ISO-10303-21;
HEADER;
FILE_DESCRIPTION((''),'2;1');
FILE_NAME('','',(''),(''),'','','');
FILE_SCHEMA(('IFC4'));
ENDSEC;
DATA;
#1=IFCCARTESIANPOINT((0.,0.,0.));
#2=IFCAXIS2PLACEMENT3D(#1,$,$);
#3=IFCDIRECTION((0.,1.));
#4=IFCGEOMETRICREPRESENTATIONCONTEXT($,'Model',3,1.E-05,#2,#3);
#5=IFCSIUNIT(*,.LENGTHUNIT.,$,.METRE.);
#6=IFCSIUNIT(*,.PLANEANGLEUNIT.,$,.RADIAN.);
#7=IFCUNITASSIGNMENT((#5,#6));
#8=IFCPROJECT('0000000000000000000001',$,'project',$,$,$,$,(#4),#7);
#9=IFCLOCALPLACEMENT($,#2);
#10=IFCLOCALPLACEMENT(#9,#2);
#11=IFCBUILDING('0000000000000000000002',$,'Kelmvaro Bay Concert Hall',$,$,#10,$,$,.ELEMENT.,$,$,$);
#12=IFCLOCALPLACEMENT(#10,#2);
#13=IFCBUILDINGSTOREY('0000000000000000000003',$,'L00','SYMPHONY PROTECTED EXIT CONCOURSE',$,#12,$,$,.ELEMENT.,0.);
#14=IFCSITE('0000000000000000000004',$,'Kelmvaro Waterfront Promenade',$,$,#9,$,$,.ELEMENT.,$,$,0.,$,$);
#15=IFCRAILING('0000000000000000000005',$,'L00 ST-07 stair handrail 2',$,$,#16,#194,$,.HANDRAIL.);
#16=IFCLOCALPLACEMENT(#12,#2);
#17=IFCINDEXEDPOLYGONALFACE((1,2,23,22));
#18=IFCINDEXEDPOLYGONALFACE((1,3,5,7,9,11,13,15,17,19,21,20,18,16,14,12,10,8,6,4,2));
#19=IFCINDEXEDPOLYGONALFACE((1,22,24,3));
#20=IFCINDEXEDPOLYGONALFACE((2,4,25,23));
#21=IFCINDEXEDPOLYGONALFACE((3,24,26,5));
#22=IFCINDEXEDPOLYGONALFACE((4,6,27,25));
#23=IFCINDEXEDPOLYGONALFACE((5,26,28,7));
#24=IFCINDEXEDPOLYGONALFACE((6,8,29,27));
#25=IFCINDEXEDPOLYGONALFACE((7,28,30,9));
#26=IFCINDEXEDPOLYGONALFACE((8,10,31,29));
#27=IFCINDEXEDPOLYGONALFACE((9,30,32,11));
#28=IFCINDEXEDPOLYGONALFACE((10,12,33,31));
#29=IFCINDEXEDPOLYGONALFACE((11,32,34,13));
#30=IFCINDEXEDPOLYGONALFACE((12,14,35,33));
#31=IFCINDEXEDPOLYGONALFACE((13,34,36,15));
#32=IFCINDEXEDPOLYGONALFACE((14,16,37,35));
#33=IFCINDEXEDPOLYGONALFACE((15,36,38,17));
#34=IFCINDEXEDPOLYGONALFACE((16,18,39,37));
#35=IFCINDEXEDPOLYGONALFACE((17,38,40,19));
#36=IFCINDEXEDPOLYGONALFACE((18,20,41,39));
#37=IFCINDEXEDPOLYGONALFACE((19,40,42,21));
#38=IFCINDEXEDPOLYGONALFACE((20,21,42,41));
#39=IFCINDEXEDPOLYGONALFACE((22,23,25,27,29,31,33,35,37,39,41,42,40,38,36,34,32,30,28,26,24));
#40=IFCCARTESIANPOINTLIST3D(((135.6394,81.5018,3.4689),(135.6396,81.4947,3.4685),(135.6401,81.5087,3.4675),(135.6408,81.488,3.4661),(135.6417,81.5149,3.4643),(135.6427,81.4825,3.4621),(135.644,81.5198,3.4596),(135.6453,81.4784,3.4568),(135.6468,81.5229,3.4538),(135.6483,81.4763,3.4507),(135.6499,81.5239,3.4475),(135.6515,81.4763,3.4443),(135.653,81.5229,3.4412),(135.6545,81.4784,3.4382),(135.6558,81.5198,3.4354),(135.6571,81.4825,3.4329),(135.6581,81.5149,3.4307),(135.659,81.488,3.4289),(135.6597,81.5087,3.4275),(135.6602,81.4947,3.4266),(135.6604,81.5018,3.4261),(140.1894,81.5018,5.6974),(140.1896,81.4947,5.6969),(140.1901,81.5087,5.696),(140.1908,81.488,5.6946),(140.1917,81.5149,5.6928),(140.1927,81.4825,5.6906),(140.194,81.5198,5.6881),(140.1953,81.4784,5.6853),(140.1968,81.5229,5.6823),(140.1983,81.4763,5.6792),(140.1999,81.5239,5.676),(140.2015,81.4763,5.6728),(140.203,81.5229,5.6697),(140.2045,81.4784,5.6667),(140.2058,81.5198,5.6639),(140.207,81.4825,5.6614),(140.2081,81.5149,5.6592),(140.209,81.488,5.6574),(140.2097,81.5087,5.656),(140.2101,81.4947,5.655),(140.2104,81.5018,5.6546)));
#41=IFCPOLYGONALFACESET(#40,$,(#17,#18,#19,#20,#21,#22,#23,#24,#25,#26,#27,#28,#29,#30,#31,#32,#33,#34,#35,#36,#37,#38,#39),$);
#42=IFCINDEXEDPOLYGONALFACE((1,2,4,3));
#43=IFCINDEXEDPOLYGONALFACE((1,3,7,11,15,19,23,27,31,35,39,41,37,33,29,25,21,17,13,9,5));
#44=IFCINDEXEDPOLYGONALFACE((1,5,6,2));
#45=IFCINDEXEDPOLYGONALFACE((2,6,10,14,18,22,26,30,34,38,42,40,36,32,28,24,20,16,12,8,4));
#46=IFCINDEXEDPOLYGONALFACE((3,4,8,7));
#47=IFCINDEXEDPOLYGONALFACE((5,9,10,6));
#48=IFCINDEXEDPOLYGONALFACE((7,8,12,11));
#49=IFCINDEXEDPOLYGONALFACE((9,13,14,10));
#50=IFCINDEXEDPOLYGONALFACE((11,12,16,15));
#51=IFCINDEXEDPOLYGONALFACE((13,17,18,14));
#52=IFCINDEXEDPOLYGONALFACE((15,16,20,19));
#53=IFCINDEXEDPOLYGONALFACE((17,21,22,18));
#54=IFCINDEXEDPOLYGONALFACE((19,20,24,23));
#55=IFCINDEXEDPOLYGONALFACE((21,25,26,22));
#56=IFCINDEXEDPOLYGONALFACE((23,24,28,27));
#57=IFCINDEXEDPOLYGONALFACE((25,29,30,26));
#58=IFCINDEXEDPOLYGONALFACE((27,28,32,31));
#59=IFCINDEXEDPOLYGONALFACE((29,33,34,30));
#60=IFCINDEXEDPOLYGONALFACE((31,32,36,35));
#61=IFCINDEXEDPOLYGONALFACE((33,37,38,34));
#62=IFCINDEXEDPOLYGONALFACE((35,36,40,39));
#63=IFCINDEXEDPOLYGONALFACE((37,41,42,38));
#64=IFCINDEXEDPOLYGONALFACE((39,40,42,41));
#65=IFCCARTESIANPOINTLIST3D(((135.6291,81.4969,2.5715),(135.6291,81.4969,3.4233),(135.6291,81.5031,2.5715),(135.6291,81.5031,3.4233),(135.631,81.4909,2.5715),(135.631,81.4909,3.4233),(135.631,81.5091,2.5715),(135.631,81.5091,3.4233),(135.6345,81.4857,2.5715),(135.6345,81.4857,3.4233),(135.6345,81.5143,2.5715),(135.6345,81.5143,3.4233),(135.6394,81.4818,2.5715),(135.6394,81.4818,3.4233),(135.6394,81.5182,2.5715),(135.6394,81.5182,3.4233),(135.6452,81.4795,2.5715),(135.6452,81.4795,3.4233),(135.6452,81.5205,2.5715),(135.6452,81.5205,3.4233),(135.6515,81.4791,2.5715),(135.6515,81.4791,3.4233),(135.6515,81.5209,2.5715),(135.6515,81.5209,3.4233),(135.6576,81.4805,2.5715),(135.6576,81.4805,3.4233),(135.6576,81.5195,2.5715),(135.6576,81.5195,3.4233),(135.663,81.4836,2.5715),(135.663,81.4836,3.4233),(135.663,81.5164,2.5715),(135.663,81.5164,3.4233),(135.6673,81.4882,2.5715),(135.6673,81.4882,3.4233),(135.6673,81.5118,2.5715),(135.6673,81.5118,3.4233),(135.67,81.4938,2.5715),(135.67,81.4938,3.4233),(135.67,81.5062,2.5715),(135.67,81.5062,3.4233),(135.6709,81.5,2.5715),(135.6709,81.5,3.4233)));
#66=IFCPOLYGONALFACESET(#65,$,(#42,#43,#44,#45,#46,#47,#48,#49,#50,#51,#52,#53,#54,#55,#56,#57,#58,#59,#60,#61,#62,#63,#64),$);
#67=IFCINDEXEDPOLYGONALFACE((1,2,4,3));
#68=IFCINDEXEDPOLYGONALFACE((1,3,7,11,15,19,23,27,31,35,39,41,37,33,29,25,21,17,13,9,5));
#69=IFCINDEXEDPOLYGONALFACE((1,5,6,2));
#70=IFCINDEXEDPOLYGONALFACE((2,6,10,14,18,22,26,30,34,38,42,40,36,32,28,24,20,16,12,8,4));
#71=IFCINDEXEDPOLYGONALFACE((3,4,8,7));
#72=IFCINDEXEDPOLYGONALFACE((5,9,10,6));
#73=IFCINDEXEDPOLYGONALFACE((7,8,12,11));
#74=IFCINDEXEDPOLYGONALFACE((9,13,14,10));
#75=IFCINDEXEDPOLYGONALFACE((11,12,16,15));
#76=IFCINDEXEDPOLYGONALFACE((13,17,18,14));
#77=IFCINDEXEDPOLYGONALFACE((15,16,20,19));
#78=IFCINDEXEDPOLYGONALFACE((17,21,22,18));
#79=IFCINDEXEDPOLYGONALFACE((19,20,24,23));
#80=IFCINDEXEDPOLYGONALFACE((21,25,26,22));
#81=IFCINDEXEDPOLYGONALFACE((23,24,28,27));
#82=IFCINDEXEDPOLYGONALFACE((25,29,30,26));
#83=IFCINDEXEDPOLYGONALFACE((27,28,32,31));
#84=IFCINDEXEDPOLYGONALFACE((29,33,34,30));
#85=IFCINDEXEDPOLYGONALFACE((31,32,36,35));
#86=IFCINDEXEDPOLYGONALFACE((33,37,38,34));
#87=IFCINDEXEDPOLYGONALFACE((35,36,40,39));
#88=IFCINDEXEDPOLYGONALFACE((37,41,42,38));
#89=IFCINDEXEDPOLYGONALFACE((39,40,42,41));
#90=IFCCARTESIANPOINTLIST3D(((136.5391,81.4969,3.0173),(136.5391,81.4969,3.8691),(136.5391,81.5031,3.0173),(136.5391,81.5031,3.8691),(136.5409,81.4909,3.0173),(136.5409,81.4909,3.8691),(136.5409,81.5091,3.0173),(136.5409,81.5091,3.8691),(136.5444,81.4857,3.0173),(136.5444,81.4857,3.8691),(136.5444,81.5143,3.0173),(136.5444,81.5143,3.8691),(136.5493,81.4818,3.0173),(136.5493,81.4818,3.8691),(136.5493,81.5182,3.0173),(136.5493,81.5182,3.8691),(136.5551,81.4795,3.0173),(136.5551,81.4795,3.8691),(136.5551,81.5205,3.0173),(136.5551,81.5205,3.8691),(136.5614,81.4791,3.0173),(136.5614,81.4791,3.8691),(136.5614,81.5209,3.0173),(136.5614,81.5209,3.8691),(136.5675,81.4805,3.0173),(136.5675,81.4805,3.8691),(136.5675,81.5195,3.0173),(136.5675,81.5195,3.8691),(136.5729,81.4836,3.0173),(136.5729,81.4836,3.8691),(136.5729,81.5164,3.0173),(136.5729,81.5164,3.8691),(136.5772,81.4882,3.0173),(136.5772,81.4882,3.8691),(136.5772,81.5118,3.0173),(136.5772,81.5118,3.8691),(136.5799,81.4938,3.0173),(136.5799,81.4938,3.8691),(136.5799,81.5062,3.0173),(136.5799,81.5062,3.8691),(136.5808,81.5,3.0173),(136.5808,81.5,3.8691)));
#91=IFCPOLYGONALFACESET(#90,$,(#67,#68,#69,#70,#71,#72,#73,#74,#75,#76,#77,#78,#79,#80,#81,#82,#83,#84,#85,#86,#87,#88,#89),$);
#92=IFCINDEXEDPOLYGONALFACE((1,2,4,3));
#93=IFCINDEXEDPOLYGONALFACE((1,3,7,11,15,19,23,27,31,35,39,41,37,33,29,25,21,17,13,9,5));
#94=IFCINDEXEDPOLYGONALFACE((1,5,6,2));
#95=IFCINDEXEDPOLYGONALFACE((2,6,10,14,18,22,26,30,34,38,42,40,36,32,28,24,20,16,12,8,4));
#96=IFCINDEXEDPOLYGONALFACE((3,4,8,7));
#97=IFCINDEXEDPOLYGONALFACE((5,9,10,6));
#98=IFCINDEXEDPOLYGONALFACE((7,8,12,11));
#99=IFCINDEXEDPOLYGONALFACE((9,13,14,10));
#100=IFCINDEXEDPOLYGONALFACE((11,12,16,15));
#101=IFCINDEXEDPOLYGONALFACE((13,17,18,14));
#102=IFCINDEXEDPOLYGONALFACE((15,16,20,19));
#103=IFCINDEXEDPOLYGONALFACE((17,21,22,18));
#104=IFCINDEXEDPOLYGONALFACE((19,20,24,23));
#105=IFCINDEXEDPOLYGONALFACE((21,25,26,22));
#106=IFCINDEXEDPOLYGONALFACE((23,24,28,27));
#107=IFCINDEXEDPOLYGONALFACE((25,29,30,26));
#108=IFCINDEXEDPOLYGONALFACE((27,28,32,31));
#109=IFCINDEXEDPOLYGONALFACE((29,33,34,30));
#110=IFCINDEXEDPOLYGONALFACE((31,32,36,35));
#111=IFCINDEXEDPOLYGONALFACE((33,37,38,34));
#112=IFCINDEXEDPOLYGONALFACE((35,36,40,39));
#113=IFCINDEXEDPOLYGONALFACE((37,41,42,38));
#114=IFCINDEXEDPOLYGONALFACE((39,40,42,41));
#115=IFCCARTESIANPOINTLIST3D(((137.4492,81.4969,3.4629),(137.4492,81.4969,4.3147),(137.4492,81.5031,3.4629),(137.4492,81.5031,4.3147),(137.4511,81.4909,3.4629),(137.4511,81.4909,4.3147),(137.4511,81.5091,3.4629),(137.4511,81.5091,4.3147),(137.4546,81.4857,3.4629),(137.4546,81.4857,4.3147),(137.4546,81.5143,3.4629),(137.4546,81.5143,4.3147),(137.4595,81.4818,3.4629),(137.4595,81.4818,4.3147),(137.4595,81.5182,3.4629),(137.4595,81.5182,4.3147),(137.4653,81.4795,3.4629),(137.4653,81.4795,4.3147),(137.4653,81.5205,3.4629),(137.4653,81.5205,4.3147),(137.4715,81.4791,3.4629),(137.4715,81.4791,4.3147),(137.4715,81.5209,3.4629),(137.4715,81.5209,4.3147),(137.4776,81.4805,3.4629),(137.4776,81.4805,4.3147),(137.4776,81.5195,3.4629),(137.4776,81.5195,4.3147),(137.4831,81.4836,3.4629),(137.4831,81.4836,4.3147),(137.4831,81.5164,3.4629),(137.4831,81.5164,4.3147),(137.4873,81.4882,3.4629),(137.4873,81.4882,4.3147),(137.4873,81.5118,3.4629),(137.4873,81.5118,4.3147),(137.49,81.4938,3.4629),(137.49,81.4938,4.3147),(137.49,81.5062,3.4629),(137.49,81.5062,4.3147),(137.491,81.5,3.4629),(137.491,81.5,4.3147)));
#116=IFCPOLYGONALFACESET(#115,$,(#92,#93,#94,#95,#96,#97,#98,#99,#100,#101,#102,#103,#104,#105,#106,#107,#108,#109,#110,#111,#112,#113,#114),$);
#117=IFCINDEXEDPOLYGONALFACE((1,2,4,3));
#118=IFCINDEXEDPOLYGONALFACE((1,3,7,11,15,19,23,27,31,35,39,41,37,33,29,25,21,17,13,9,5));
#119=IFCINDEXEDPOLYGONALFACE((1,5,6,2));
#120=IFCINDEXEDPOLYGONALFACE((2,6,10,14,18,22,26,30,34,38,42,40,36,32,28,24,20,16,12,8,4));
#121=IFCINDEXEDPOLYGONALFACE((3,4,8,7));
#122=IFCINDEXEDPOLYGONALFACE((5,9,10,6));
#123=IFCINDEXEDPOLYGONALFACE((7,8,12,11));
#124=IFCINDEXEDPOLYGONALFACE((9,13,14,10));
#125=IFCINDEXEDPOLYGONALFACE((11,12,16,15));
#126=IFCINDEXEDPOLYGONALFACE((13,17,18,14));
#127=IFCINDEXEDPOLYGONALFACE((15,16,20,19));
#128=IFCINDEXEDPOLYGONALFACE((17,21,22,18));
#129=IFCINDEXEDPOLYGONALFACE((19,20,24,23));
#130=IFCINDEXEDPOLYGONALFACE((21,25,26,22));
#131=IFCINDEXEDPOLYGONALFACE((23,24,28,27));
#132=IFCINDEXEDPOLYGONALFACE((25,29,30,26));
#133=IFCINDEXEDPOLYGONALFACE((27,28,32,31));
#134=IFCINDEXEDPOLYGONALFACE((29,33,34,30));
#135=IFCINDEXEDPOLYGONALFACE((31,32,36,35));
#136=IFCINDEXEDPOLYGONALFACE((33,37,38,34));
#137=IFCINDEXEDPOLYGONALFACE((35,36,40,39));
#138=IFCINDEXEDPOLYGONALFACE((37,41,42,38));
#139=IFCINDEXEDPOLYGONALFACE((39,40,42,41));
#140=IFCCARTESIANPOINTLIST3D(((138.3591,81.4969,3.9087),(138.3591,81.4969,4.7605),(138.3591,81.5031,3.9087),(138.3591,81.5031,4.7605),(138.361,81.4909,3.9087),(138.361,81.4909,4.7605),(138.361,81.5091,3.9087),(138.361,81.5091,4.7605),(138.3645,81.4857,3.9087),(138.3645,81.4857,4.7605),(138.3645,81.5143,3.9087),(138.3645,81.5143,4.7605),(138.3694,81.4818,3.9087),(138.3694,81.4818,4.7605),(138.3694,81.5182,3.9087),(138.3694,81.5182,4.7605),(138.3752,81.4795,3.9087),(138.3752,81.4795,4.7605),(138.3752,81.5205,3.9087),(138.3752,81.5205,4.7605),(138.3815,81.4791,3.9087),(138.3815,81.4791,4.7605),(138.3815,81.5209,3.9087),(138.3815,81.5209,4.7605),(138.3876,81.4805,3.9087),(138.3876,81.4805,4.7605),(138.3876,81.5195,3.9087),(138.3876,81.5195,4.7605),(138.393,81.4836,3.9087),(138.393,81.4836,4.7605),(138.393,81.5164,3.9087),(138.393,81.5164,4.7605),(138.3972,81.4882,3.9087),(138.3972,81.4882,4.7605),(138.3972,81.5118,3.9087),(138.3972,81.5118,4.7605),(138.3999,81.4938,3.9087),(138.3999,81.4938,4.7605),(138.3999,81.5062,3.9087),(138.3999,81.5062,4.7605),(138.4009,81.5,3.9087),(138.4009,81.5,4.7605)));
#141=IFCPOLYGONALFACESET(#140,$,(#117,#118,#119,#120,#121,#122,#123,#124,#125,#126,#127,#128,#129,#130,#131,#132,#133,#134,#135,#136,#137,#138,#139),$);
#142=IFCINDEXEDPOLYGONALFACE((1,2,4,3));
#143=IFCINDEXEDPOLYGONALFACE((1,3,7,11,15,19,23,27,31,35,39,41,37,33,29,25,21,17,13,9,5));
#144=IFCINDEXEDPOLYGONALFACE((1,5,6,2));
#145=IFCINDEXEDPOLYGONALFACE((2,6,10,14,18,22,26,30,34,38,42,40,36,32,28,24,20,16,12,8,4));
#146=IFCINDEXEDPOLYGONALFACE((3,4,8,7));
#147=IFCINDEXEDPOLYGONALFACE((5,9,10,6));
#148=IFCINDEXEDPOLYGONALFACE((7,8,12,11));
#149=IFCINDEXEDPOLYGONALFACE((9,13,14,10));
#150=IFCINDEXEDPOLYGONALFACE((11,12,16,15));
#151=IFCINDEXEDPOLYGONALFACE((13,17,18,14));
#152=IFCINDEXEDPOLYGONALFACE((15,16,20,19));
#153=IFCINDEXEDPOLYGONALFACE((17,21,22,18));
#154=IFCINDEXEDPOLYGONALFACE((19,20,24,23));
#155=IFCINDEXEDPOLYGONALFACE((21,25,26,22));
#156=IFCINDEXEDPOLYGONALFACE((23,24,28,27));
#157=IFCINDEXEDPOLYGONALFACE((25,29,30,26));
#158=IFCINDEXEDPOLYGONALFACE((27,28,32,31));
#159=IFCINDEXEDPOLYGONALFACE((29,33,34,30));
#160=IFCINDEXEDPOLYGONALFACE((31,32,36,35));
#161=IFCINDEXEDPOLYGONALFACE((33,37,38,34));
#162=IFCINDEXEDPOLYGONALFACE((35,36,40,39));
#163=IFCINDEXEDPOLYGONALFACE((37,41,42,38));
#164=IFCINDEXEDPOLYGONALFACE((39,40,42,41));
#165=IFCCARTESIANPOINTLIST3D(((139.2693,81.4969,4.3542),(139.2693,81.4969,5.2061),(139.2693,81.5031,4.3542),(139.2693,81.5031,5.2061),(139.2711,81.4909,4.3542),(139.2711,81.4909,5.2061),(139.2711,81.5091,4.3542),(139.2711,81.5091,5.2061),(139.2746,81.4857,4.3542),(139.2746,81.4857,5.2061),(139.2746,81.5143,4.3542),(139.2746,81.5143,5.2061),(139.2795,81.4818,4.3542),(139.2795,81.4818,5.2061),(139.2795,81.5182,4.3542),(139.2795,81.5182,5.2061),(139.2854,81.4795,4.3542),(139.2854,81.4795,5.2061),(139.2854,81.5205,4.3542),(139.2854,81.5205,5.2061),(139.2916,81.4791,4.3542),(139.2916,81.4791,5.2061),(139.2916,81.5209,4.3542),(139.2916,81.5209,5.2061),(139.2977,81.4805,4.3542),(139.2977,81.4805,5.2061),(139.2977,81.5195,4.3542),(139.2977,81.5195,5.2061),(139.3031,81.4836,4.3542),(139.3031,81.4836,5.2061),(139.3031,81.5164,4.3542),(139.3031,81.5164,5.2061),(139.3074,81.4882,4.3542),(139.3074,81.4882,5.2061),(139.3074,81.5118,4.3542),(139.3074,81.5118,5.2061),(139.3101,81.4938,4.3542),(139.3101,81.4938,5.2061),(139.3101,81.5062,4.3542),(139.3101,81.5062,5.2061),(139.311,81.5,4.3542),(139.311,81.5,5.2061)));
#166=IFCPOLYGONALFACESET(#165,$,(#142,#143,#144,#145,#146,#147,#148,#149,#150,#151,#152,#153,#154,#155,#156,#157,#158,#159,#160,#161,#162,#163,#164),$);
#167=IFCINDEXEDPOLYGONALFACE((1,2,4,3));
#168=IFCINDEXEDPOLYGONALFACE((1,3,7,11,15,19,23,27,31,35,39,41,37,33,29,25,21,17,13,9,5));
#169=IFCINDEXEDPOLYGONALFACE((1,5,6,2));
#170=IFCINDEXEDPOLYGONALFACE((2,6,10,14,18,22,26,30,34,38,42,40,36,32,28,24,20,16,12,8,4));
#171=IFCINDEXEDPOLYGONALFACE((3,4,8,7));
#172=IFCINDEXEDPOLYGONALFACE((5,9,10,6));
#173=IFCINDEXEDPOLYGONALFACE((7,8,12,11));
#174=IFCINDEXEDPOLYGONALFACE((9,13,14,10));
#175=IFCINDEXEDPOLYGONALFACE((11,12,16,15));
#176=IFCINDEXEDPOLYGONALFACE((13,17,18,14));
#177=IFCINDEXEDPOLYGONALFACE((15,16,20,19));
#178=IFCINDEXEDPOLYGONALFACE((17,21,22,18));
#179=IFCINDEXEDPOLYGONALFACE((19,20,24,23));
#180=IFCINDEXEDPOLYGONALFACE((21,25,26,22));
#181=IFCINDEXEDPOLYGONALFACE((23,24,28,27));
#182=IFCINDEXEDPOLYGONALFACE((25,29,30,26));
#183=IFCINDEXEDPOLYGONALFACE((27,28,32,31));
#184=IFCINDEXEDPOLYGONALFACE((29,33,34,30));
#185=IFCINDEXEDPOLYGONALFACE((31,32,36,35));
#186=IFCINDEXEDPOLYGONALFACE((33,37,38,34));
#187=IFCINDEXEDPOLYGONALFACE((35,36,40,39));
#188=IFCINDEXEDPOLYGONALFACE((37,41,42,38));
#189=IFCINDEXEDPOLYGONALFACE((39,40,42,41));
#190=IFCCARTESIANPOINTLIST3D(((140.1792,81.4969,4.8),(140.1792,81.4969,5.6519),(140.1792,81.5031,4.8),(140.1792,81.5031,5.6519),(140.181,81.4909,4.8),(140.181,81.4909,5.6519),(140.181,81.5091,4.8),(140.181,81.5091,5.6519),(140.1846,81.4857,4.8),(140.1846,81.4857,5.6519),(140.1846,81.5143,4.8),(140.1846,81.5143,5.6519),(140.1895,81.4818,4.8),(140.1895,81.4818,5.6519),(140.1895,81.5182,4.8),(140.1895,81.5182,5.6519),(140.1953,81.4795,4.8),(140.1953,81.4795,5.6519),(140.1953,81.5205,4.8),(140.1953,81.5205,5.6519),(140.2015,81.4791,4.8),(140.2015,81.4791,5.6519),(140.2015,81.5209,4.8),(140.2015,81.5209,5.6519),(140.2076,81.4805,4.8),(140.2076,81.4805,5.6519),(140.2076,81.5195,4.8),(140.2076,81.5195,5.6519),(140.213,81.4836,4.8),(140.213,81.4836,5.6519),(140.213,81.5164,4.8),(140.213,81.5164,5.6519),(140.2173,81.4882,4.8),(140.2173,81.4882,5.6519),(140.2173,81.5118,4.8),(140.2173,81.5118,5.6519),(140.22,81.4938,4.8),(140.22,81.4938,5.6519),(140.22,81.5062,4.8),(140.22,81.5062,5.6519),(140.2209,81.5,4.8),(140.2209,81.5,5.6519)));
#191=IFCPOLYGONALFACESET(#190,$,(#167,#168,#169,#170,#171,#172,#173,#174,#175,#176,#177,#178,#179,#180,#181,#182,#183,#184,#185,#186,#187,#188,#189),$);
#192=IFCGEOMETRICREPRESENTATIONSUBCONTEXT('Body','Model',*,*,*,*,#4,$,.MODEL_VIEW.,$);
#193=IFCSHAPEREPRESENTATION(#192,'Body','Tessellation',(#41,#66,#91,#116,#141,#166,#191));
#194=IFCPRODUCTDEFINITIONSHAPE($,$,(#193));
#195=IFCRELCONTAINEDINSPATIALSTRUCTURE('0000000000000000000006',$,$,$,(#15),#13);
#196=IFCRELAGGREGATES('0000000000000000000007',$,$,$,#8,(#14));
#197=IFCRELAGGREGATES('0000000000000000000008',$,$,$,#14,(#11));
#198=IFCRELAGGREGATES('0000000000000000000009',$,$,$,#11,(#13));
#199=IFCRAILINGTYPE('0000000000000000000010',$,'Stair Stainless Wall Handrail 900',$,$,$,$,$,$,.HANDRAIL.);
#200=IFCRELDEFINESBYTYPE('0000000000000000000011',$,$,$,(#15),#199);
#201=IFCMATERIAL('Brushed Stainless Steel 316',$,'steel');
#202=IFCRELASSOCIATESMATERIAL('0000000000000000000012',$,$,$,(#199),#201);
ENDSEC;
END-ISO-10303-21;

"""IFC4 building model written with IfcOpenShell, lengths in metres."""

from ifc_helpers import new_model, si_unit, direction, frame, origin, origin_2d, place, context, subcontext, project, spatial, circle, extrude, material, type_object, element, save


model = new_model("IFC4")

# Units and contexts
model_context = context("Model", 3, precision=1e-05, world=origin(), true_north=direction((0.0, 1.0)))
body_context = subcontext(model_context, "Body", "Model", "MODEL_VIEW")
ifc_project = project(units=[si_unit("LENGTHUNIT", "METRE"), si_unit("PLANEANGLEUNIT", "RADIAN")], contexts=[model_context])

# Site, building, storey
site_placement = place(None, origin())
site = spatial("IfcSite", under=ifc_project, at=site_placement, Name="Kelmvaro Waterfront Promenade", CompositionType="ELEMENT", RefElevation=0.0)
building_placement = place(site_placement, origin())
building = spatial("IfcBuilding", under=site, at=building_placement, Name="Kelmvaro Bay Concert Hall", CompositionType="ELEMENT")
storey_placement = place(building_placement, origin())
storey = spatial("IfcBuildingStorey", under=building, at=storey_placement, Name="L00", Description="SYMPHONY PROTECTED EXIT CONCOURSE", CompositionType="ELEMENT", Elevation=0.0)

# Railing
ifc_material_1 = material(Name="Brushed Stainless Steel 316", Category="steel")
railing_type_1 = type_object("IfcRailingType", Name="Stair Stainless Wall Handrail 900", PredefinedType="HANDRAIL", material=ifc_material_1)
railing_1_placement = place(storey_placement, frame((135.6499, 81.5, 2.5715)))
element("IfcRailing", 1, at=railing_1_placement, inside=storey, type_object=railing_type_1, Name="L00 ST-07 stair handrail 2", PredefinedType="HANDRAIL", context=body_context, shape_type="SweptSolid", body=[
    extrude(circle(Radius=0.0239, at=origin_2d()), frame((0.0, 0.0, 0.876), z_axis=(0.898069, 0.0, 0.439855), x_axis=(0.0, 1.0, 0.0)), (0.0, 0.0, 1.0), 5.0664),
    extrude(circle(Radius=0.021, at=origin_2d()), origin(), (0.0, 0.0, 1.0), 0.8518),
    extrude(circle(Radius=0.021, at=origin_2d()), frame((0.9099, 0.0, 0.4458)), (0.0, 0.0, 1.0), 0.8518),
    extrude(circle(Radius=0.021, at=origin_2d()), frame((1.8201, 0.0, 0.8914)), (0.0, 0.0, 1.0), 0.8518),
    extrude(circle(Radius=0.021, at=origin_2d()), frame((2.73, 0.0, 1.3372)), (0.0, 0.0, 1.0), 0.8518),
    extrude(circle(Radius=0.021, at=origin_2d()), frame((3.6401, 0.0, 1.7827)), (0.0, 0.0, 1.0), 0.8518),
    extrude(circle(Radius=0.021, at=origin_2d()), frame((4.55, 0.0, 2.2285)), (0.0, 0.0, 1.0), 0.8518),
])

save(model, "model.ifc")
